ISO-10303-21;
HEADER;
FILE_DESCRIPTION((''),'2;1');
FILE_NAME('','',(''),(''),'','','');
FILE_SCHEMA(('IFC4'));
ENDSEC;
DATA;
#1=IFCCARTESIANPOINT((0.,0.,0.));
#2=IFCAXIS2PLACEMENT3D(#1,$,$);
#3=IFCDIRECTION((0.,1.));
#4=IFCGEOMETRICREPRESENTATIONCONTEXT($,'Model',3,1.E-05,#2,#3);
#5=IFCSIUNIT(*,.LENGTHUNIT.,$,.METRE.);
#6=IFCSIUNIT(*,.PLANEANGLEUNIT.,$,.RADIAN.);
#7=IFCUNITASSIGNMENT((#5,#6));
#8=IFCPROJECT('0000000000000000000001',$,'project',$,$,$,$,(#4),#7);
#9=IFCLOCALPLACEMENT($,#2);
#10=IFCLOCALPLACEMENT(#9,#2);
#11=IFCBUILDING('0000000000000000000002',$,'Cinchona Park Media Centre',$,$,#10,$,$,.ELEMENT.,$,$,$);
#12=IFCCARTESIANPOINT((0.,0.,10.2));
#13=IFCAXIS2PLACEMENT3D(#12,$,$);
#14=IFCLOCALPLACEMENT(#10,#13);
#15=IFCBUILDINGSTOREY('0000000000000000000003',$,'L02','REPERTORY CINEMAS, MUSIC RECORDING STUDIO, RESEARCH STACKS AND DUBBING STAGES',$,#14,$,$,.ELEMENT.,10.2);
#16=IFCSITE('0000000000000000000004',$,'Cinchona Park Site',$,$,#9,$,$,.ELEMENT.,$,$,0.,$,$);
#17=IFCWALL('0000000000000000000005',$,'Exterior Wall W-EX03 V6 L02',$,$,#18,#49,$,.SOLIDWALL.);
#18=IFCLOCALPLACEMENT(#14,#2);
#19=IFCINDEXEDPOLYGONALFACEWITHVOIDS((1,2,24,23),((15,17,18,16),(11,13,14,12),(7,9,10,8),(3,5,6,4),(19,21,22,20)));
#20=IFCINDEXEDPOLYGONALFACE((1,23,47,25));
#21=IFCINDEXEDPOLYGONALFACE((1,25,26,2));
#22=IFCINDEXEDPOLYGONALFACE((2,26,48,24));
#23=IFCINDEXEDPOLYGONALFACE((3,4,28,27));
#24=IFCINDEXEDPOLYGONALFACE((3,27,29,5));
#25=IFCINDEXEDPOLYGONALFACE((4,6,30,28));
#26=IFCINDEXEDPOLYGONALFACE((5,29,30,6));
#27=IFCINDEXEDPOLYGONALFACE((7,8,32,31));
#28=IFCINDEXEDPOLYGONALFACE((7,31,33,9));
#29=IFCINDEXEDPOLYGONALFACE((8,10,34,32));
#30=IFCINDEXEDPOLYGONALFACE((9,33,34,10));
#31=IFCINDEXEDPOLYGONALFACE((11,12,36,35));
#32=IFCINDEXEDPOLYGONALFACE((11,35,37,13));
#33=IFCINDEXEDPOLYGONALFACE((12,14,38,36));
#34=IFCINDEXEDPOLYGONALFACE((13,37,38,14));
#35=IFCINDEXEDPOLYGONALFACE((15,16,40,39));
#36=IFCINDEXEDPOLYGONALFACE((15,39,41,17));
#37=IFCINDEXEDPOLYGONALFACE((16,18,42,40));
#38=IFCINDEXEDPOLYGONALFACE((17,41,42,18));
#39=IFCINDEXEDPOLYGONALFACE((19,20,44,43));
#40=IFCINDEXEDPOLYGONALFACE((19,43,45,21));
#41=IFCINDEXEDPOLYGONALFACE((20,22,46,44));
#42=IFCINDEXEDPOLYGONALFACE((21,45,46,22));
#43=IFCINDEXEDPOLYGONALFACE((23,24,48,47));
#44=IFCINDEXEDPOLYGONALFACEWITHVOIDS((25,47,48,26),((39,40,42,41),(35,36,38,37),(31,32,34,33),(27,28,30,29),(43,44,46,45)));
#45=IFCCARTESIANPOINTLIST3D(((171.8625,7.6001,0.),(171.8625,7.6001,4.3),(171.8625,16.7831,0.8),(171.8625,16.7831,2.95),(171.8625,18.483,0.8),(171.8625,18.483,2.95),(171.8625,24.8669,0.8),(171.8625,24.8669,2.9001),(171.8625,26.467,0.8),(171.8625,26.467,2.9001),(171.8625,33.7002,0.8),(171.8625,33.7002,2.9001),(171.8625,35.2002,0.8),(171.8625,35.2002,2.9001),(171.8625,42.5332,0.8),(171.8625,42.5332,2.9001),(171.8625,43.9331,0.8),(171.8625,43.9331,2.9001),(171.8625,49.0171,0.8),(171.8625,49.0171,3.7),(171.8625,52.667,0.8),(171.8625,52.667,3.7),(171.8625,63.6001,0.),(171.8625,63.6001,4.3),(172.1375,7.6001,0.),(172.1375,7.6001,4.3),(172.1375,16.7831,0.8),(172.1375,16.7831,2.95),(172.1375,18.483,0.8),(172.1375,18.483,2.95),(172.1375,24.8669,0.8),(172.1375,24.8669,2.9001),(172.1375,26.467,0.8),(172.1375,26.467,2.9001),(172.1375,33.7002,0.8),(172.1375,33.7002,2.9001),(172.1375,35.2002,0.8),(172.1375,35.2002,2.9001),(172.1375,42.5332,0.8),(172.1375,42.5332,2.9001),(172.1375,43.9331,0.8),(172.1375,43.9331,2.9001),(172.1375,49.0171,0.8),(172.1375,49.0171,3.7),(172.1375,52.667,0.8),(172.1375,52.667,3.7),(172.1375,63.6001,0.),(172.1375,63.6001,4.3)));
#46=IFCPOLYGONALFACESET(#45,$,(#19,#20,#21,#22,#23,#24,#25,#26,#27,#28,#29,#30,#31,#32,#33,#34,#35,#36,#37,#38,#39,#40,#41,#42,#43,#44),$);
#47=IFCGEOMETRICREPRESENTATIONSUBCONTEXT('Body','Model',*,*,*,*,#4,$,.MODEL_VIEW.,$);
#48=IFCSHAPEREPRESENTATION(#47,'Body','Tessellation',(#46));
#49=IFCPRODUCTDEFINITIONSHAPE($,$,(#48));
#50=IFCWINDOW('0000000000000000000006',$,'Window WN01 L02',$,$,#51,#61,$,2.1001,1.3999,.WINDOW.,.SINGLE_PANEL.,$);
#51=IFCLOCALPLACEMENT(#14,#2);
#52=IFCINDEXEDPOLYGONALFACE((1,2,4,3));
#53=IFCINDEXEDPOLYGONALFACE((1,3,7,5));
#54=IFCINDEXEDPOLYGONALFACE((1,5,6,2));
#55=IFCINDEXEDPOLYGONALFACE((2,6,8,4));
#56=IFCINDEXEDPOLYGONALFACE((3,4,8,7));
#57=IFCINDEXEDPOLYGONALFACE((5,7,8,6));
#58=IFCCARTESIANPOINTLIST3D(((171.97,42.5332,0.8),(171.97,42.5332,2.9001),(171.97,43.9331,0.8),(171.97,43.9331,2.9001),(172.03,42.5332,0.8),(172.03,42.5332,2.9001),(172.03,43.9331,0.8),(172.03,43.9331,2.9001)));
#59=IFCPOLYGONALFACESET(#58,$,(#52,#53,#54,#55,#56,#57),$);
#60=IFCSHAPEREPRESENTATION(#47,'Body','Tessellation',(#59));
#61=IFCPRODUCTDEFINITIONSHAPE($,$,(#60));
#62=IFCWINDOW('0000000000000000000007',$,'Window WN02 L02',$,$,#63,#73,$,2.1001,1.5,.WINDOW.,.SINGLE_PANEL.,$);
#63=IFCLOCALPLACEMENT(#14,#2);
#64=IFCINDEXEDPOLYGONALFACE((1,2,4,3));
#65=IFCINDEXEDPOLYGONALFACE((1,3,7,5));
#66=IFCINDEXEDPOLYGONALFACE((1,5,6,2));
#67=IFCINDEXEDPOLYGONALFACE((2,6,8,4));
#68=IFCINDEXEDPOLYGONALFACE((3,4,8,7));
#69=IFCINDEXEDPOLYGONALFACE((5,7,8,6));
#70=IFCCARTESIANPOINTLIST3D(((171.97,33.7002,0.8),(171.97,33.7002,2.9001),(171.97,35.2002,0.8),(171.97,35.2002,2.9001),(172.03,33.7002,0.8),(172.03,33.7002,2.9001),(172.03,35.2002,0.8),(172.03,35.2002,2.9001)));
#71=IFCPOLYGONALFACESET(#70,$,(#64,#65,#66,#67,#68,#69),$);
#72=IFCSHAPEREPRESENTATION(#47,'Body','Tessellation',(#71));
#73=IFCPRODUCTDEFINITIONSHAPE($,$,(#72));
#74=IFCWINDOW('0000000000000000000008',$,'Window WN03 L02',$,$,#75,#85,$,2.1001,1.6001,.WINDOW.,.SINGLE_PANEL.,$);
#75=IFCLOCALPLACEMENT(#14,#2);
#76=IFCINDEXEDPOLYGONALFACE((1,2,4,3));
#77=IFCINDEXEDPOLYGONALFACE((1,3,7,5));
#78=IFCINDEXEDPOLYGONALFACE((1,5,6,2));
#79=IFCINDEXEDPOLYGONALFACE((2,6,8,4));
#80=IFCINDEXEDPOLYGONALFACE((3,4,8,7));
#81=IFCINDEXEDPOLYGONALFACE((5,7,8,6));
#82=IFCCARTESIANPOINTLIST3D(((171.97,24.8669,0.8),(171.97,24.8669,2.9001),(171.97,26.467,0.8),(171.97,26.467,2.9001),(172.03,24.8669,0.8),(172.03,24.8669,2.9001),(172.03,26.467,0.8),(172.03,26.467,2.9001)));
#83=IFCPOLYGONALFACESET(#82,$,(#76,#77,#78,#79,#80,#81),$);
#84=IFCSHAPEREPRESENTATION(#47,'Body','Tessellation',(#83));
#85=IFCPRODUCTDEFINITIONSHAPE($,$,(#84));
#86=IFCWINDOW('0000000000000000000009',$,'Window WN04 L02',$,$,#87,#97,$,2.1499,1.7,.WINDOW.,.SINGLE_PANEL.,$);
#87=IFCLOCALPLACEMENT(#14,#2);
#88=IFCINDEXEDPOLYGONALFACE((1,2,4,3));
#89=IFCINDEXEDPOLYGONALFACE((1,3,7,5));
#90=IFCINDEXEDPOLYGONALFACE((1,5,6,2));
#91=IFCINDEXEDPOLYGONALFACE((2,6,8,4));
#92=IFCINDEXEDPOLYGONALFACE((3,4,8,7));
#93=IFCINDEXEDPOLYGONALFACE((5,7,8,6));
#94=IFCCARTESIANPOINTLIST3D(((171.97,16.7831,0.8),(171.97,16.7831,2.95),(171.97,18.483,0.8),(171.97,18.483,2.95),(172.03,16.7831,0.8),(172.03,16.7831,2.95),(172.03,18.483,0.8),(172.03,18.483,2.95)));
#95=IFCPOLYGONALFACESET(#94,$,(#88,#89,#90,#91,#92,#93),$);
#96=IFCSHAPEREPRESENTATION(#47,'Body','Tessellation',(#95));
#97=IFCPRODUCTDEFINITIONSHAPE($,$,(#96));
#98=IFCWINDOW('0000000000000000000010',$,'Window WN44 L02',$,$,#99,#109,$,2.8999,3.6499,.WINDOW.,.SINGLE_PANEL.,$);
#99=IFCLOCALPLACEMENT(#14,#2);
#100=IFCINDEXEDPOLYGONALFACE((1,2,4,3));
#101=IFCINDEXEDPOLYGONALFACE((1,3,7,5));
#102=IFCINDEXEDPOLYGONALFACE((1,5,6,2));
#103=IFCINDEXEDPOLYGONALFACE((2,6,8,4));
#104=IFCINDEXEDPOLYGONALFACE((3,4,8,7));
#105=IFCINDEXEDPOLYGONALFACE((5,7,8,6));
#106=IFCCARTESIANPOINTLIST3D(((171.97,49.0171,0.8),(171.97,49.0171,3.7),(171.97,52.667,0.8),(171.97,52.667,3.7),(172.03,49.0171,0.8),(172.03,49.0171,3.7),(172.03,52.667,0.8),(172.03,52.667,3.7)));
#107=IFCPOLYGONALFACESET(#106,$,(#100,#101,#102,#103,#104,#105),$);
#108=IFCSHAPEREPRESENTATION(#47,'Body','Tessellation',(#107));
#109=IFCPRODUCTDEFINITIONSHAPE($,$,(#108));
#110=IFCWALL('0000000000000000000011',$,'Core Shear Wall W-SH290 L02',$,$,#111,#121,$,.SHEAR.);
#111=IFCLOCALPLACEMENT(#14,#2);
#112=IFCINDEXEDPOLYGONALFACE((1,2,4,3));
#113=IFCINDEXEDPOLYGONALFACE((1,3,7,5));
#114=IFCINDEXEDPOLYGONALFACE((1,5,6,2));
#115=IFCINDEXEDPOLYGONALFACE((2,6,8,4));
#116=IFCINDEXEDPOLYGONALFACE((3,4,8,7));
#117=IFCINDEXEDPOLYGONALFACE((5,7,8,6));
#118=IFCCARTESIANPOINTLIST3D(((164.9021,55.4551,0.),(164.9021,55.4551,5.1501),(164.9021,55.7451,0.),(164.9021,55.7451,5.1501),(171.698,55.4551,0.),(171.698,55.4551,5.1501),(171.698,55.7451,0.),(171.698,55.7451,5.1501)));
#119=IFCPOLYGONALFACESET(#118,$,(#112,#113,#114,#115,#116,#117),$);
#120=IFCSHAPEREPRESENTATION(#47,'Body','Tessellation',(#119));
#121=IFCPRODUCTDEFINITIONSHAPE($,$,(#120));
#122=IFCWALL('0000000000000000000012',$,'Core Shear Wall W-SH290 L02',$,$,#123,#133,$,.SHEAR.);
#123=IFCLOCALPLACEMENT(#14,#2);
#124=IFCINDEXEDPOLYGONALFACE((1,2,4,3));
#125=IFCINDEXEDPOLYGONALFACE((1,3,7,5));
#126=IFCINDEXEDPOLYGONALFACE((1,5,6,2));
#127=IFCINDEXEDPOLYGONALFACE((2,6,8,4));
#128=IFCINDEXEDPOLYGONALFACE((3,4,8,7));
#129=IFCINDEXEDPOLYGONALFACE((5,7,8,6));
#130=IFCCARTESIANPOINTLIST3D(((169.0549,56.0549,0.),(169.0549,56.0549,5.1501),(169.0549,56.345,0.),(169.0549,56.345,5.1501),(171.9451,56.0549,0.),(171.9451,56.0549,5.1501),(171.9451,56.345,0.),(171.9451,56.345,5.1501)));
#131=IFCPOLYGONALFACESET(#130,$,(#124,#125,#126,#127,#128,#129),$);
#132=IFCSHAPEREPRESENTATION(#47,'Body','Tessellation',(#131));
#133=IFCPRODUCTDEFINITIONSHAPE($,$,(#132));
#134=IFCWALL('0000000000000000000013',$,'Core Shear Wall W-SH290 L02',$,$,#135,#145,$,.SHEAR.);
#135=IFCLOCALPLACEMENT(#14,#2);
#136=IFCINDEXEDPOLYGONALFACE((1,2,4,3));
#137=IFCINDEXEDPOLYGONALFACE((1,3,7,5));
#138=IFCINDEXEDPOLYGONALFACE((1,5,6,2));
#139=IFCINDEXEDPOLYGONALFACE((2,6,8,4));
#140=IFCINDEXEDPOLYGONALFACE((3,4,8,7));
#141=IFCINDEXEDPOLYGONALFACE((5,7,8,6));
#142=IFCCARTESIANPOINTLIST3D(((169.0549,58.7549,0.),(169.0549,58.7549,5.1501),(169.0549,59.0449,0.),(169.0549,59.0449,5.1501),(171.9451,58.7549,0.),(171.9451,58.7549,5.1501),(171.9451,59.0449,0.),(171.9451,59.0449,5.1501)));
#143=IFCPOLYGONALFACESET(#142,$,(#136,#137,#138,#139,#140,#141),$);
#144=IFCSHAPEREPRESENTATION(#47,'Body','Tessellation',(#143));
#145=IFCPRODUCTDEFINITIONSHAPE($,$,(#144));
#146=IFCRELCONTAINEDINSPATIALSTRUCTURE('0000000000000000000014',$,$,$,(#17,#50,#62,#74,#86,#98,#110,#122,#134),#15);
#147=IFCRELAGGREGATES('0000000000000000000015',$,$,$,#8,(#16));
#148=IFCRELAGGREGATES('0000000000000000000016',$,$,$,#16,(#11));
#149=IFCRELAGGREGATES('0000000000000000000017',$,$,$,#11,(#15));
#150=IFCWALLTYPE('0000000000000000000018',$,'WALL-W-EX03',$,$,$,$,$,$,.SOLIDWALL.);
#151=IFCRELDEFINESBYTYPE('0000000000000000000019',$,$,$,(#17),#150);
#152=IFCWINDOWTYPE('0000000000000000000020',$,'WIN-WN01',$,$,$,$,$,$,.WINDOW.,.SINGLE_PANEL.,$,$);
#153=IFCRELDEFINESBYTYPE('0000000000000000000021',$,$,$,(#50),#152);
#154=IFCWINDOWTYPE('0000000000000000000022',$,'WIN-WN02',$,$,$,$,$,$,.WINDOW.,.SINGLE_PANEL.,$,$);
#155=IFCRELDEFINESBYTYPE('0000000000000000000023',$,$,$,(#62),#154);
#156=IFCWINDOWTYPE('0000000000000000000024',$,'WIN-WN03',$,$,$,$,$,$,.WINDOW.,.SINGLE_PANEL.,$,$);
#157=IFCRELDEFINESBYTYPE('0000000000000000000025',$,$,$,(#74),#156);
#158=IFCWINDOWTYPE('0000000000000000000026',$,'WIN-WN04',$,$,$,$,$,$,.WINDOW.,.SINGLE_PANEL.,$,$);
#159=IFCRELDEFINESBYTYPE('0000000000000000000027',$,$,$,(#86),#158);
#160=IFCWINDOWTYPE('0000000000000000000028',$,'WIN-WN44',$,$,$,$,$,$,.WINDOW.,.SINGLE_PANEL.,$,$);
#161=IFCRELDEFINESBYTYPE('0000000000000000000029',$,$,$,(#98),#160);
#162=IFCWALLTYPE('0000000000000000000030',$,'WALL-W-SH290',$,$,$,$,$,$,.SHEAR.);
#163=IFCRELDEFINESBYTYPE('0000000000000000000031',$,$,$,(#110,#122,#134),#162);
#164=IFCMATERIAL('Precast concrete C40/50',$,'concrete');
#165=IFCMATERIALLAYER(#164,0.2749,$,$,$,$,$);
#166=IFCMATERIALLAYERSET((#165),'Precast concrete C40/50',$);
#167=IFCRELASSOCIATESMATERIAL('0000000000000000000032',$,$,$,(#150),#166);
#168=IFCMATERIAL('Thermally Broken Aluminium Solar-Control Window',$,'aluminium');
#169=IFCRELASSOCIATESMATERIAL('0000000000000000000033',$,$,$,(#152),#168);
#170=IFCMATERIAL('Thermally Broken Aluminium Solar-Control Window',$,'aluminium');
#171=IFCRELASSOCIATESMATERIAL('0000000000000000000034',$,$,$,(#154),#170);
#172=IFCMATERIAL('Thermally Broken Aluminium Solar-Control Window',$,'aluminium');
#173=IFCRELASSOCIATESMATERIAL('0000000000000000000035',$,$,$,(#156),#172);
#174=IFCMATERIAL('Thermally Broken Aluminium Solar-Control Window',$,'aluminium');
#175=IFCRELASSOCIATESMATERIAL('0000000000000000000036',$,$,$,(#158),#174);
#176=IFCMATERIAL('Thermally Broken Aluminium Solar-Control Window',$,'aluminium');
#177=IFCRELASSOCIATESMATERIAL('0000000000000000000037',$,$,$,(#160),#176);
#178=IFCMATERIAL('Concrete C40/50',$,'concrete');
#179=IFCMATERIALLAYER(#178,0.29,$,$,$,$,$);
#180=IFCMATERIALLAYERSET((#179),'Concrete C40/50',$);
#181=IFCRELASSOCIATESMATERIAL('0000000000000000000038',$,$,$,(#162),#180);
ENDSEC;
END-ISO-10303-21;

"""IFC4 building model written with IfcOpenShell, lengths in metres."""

from ifc_helpers import new_model, si_unit, direction, frame, frame_2d, origin, place, context, subcontext, project, spatial, rectangle, extrude, material, layer, layer_set, type_object, element, fill, save


model = new_model("IFC4")

# Units and contexts
model_context = context("Model", 3, precision=1e-05, world=origin(), true_north=direction((0.0, 1.0)))
body_context = subcontext(model_context, "Body", "Model", "MODEL_VIEW")
ifc_project = project(units=[si_unit("LENGTHUNIT", "METRE"), si_unit("PLANEANGLEUNIT", "RADIAN")], contexts=[model_context])

# Site, building, storey
site_placement = place(None, origin())
site = spatial("IfcSite", under=ifc_project, at=site_placement, Name="Cinchona Park Site", CompositionType="ELEMENT", RefElevation=0.0)
building_placement = place(site_placement, origin())
building = spatial("IfcBuilding", under=site, at=building_placement, Name="Cinchona Park Media Centre", CompositionType="ELEMENT")
storey_placement = place(building_placement, frame((0.0, 0.0, 10.2)))
storey = spatial("IfcBuildingStorey", under=building, at=storey_placement, Name="L02", Description="REPERTORY CINEMAS, MUSIC RECORDING STUDIO, RESEARCH STACKS AND DUBBING STAGES", CompositionType="ELEMENT", Elevation=10.2)

# Wall, openings, windows
ifc_material_1 = material(Name="Precast concrete C40/50", Category="concrete")
ifc_layer_1 = layer(ifc_material_1, 0.2749)
ifc_layer_set_1 = layer_set([ifc_layer_1], Name="Precast concrete C40/50")
wall_type_1 = type_object("IfcWallType", Name="WALL-W-EX03", PredefinedType="SOLIDWALL", material=ifc_layer_set_1)
wall_1_placement = place(storey_placement, frame((172.0, 63.6001, 0.0), z_axis=(0.0, 0.0, 1.0), x_axis=(0.0, -1.0, 0.0)))
wall_1 = element("IfcWall", 1, at=wall_1_placement, inside=storey, type_object=wall_type_1, Name="Exterior Wall W-EX03 V6 L02", PredefinedType="SOLIDWALL", context=body_context, shape_type="SweptSolid", body=[
    extrude(rectangle(XDim=56.0, YDim=0.2749, at=frame_2d((28.0, 0.0))), origin(), (0.0, 0.0, 1.0), 4.3),
])
opening_1_placement = place(wall_1_placement, frame((10.9331, 0.0, 0.8)))
opening_1 = element("IfcOpeningElement", 2, at=opening_1_placement, cuts=wall_1, PredefinedType="OPENING", context=body_context, shape_type="SweptSolid", body=[
    extrude(rectangle(XDim=3.6499, YDim=2.8999, at=frame_2d((1.825, 1.45))), frame((0.0, 0.1475, 0.0), z_axis=(0.0, -1.0, 0.0), x_axis=(1.0, 0.0, 0.0)), (0.0, 0.0, 1.0), 0.2949),
])
opening_2_placement = place(wall_1_placement, frame((19.667, 0.0, 0.8)))
opening_2 = element("IfcOpeningElement", 3, at=opening_2_placement, cuts=wall_1, PredefinedType="OPENING", context=body_context, shape_type="SweptSolid", body=[
    extrude(rectangle(XDim=1.3999, YDim=2.1001, at=frame_2d((0.7, 1.05))), frame((0.0, 0.1475, 0.0), z_axis=(0.0, -1.0, 0.0), x_axis=(1.0, 0.0, 0.0)), (0.0, 0.0, 1.0), 0.2949),
])
opening_3_placement = place(wall_1_placement, frame((28.3999, 0.0, 0.8)))
opening_3 = element("IfcOpeningElement", 4, at=opening_3_placement, cuts=wall_1, PredefinedType="OPENING", context=body_context, shape_type="SweptSolid", body=[
    extrude(rectangle(XDim=1.5, YDim=2.1001, at=frame_2d((0.75, 1.05))), frame((0.0, 0.1475, 0.0), z_axis=(0.0, -1.0, 0.0), x_axis=(1.0, 0.0, 0.0)), (0.0, 0.0, 1.0), 0.2949),
])
opening_4_placement = place(wall_1_placement, frame((37.1331, 0.0, 0.8)))
opening_4 = element("IfcOpeningElement", 5, at=opening_4_placement, cuts=wall_1, PredefinedType="OPENING", context=body_context, shape_type="SweptSolid", body=[
    extrude(rectangle(XDim=1.6001, YDim=2.1001, at=frame_2d((0.8, 1.05))), frame((0.0, 0.1475, 0.0), z_axis=(0.0, -1.0, 0.0), x_axis=(1.0, 0.0, 0.0)), (0.0, 0.0, 1.0), 0.2949),
])
opening_5_placement = place(wall_1_placement, frame((45.1169, 0.0, 0.8)))
opening_5 = element("IfcOpeningElement", 6, at=opening_5_placement, cuts=wall_1, PredefinedType="OPENING", context=body_context, shape_type="SweptSolid", body=[
    extrude(rectangle(XDim=1.7, YDim=2.1499, at=frame_2d((0.8501, 1.075))), frame((0.0, 0.1475, 0.0), z_axis=(0.0, -1.0, 0.0), x_axis=(1.0, 0.0, 0.0)), (0.0, 0.0, 1.0), 0.2949),
])
ifc_material_2 = material(Name="Thermally Broken Aluminium Solar-Control Window", Category="aluminium")
window_type_1 = type_object("IfcWindowType", Name="WIN-WN01", PartitioningType="SINGLE_PANEL", PredefinedType="WINDOW", material=ifc_material_2)
window_1_placement = place(opening_2_placement, origin())
window_1 = element("IfcWindow", 7, at=window_1_placement, inside=storey, type_object=window_type_1, Name="Window WN01 L02", OverallHeight=2.1001, OverallWidth=1.3999, PartitioningType="SINGLE_PANEL", PredefinedType="WINDOW", context=body_context, shape_type="SweptSolid", body=[
    extrude(rectangle(XDim=1.3999, YDim=2.1001, at=frame_2d((0.7, 1.05))), frame((0.0, 0.03, 0.0), z_axis=(0.0, -1.0, 0.0), x_axis=(1.0, 0.0, 0.0)), (0.0, 0.0, 1.0), 0.0601),
])
fill(opening_2, window_1)
ifc_material_3 = material(Name="Thermally Broken Aluminium Solar-Control Window", Category="aluminium")
window_type_2 = type_object("IfcWindowType", Name="WIN-WN02", PartitioningType="SINGLE_PANEL", PredefinedType="WINDOW", material=ifc_material_3)
window_2_placement = place(opening_3_placement, origin())
window_2 = element("IfcWindow", 8, at=window_2_placement, inside=storey, type_object=window_type_2, Name="Window WN02 L02", OverallHeight=2.1001, OverallWidth=1.5, PartitioningType="SINGLE_PANEL", PredefinedType="WINDOW", context=body_context, shape_type="SweptSolid", body=[
    extrude(rectangle(XDim=1.5, YDim=2.1001, at=frame_2d((0.75, 1.05))), frame((0.0, 0.03, 0.0), z_axis=(0.0, -1.0, 0.0), x_axis=(1.0, 0.0, 0.0)), (0.0, 0.0, 1.0), 0.0601),
])
fill(opening_3, window_2)
ifc_material_4 = material(Name="Thermally Broken Aluminium Solar-Control Window", Category="aluminium")
window_type_3 = type_object("IfcWindowType", Name="WIN-WN03", PartitioningType="SINGLE_PANEL", PredefinedType="WINDOW", material=ifc_material_4)
window_3_placement = place(opening_4_placement, origin())
window_3 = element("IfcWindow", 9, at=window_3_placement, inside=storey, type_object=window_type_3, Name="Window WN03 L02", OverallHeight=2.1001, OverallWidth=1.6001, PartitioningType="SINGLE_PANEL", PredefinedType="WINDOW", context=body_context, shape_type="SweptSolid", body=[
    extrude(rectangle(XDim=1.6001, YDim=2.1001, at=frame_2d((0.8, 1.05))), frame((0.0, 0.03, 0.0), z_axis=(0.0, -1.0, 0.0), x_axis=(1.0, 0.0, 0.0)), (0.0, 0.0, 1.0), 0.0601),
])
fill(opening_4, window_3)
ifc_material_5 = material(Name="Thermally Broken Aluminium Solar-Control Window", Category="aluminium")
window_type_4 = type_object("IfcWindowType", Name="WIN-WN04", PartitioningType="SINGLE_PANEL", PredefinedType="WINDOW", material=ifc_material_5)
window_4_placement = place(opening_5_placement, origin())
window_4 = element("IfcWindow", 10, at=window_4_placement, inside=storey, type_object=window_type_4, Name="Window WN04 L02", OverallHeight=2.1499, OverallWidth=1.7, PartitioningType="SINGLE_PANEL", PredefinedType="WINDOW", context=body_context, shape_type="SweptSolid", body=[
    extrude(rectangle(XDim=1.7, YDim=2.1499, at=frame_2d((0.8501, 1.075))), frame((0.0, 0.03, 0.0), z_axis=(0.0, -1.0, 0.0), x_axis=(1.0, 0.0, 0.0)), (0.0, 0.0, 1.0), 0.0601),
])
fill(opening_5, window_4)
ifc_material_6 = material(Name="Thermally Broken Aluminium Solar-Control Window", Category="aluminium")
window_type_5 = type_object("IfcWindowType", Name="WIN-WN44", PartitioningType="SINGLE_PANEL", PredefinedType="WINDOW", material=ifc_material_6)
window_5_placement = place(opening_1_placement, origin())
window_5 = element("IfcWindow", 11, at=window_5_placement, inside=storey, type_object=window_type_5, Name="Window WN44 L02", OverallHeight=2.8999, OverallWidth=3.6499, PartitioningType="SINGLE_PANEL", PredefinedType="WINDOW", context=body_context, shape_type="SweptSolid", body=[
    extrude(rectangle(XDim=3.6499, YDim=2.8999, at=frame_2d((1.825, 1.45))), frame((0.0, 0.03, 0.0), z_axis=(0.0, -1.0, 0.0), x_axis=(1.0, 0.0, 0.0)), (0.0, 0.0, 1.0), 0.0601),
])
fill(opening_1, window_5)

# Walls
ifc_material_7 = material(Name="Concrete C40/50", Category="concrete")
ifc_layer_2 = layer(ifc_material_7, 0.29)
ifc_layer_set_2 = layer_set([ifc_layer_2], Name="Concrete C40/50")
wall_type_2 = type_object("IfcWallType", Name="WALL-W-SH290", PredefinedType="SHEAR", material=ifc_layer_set_2)
wall_2_placement = place(storey_placement, frame((164.9021, 55.6001, 0.0), z_axis=(0.0, 0.0, 1.0), x_axis=(1.0, 0.0, 0.0)))
element("IfcWall", 12, at=wall_2_placement, inside=storey, type_object=wall_type_2, Name="Core Shear Wall W-SH290 L02", PredefinedType="SHEAR", context=body_context, shape_type="SweptSolid", body=[
    extrude(rectangle(XDim=6.7959, YDim=0.29, at=frame_2d((3.3979, 0.0))), origin(), (0.0, 0.0, 1.0), 5.1501),
])
for number, where, z_axis, x_axis, name in (
    (13, (169.0549, 56.2, 0.0), (0.0, 0.0, 1.0), (1.0, 0.0, 0.0), "Core Shear Wall W-SH290 L02"),
    (14, (169.0549, 58.8999, 0.0), (0.0, 0.0, 1.0), (1.0, 0.0, 0.0), "Core Shear Wall W-SH290 L02"),
):
    element("IfcWall", number, at=place(storey_placement, frame(where, z_axis=z_axis, x_axis=x_axis)), inside=storey, type_object=wall_type_2, Name=name, PredefinedType="SHEAR", context=body_context, shape_type="SweptSolid", body=[
        extrude(rectangle(XDim=2.8901, YDim=0.29, at=frame_2d((1.4451, 0.0))), origin(), (0.0, 0.0, 1.0), 5.1501),
    ])

save(model, "model.ifc")
